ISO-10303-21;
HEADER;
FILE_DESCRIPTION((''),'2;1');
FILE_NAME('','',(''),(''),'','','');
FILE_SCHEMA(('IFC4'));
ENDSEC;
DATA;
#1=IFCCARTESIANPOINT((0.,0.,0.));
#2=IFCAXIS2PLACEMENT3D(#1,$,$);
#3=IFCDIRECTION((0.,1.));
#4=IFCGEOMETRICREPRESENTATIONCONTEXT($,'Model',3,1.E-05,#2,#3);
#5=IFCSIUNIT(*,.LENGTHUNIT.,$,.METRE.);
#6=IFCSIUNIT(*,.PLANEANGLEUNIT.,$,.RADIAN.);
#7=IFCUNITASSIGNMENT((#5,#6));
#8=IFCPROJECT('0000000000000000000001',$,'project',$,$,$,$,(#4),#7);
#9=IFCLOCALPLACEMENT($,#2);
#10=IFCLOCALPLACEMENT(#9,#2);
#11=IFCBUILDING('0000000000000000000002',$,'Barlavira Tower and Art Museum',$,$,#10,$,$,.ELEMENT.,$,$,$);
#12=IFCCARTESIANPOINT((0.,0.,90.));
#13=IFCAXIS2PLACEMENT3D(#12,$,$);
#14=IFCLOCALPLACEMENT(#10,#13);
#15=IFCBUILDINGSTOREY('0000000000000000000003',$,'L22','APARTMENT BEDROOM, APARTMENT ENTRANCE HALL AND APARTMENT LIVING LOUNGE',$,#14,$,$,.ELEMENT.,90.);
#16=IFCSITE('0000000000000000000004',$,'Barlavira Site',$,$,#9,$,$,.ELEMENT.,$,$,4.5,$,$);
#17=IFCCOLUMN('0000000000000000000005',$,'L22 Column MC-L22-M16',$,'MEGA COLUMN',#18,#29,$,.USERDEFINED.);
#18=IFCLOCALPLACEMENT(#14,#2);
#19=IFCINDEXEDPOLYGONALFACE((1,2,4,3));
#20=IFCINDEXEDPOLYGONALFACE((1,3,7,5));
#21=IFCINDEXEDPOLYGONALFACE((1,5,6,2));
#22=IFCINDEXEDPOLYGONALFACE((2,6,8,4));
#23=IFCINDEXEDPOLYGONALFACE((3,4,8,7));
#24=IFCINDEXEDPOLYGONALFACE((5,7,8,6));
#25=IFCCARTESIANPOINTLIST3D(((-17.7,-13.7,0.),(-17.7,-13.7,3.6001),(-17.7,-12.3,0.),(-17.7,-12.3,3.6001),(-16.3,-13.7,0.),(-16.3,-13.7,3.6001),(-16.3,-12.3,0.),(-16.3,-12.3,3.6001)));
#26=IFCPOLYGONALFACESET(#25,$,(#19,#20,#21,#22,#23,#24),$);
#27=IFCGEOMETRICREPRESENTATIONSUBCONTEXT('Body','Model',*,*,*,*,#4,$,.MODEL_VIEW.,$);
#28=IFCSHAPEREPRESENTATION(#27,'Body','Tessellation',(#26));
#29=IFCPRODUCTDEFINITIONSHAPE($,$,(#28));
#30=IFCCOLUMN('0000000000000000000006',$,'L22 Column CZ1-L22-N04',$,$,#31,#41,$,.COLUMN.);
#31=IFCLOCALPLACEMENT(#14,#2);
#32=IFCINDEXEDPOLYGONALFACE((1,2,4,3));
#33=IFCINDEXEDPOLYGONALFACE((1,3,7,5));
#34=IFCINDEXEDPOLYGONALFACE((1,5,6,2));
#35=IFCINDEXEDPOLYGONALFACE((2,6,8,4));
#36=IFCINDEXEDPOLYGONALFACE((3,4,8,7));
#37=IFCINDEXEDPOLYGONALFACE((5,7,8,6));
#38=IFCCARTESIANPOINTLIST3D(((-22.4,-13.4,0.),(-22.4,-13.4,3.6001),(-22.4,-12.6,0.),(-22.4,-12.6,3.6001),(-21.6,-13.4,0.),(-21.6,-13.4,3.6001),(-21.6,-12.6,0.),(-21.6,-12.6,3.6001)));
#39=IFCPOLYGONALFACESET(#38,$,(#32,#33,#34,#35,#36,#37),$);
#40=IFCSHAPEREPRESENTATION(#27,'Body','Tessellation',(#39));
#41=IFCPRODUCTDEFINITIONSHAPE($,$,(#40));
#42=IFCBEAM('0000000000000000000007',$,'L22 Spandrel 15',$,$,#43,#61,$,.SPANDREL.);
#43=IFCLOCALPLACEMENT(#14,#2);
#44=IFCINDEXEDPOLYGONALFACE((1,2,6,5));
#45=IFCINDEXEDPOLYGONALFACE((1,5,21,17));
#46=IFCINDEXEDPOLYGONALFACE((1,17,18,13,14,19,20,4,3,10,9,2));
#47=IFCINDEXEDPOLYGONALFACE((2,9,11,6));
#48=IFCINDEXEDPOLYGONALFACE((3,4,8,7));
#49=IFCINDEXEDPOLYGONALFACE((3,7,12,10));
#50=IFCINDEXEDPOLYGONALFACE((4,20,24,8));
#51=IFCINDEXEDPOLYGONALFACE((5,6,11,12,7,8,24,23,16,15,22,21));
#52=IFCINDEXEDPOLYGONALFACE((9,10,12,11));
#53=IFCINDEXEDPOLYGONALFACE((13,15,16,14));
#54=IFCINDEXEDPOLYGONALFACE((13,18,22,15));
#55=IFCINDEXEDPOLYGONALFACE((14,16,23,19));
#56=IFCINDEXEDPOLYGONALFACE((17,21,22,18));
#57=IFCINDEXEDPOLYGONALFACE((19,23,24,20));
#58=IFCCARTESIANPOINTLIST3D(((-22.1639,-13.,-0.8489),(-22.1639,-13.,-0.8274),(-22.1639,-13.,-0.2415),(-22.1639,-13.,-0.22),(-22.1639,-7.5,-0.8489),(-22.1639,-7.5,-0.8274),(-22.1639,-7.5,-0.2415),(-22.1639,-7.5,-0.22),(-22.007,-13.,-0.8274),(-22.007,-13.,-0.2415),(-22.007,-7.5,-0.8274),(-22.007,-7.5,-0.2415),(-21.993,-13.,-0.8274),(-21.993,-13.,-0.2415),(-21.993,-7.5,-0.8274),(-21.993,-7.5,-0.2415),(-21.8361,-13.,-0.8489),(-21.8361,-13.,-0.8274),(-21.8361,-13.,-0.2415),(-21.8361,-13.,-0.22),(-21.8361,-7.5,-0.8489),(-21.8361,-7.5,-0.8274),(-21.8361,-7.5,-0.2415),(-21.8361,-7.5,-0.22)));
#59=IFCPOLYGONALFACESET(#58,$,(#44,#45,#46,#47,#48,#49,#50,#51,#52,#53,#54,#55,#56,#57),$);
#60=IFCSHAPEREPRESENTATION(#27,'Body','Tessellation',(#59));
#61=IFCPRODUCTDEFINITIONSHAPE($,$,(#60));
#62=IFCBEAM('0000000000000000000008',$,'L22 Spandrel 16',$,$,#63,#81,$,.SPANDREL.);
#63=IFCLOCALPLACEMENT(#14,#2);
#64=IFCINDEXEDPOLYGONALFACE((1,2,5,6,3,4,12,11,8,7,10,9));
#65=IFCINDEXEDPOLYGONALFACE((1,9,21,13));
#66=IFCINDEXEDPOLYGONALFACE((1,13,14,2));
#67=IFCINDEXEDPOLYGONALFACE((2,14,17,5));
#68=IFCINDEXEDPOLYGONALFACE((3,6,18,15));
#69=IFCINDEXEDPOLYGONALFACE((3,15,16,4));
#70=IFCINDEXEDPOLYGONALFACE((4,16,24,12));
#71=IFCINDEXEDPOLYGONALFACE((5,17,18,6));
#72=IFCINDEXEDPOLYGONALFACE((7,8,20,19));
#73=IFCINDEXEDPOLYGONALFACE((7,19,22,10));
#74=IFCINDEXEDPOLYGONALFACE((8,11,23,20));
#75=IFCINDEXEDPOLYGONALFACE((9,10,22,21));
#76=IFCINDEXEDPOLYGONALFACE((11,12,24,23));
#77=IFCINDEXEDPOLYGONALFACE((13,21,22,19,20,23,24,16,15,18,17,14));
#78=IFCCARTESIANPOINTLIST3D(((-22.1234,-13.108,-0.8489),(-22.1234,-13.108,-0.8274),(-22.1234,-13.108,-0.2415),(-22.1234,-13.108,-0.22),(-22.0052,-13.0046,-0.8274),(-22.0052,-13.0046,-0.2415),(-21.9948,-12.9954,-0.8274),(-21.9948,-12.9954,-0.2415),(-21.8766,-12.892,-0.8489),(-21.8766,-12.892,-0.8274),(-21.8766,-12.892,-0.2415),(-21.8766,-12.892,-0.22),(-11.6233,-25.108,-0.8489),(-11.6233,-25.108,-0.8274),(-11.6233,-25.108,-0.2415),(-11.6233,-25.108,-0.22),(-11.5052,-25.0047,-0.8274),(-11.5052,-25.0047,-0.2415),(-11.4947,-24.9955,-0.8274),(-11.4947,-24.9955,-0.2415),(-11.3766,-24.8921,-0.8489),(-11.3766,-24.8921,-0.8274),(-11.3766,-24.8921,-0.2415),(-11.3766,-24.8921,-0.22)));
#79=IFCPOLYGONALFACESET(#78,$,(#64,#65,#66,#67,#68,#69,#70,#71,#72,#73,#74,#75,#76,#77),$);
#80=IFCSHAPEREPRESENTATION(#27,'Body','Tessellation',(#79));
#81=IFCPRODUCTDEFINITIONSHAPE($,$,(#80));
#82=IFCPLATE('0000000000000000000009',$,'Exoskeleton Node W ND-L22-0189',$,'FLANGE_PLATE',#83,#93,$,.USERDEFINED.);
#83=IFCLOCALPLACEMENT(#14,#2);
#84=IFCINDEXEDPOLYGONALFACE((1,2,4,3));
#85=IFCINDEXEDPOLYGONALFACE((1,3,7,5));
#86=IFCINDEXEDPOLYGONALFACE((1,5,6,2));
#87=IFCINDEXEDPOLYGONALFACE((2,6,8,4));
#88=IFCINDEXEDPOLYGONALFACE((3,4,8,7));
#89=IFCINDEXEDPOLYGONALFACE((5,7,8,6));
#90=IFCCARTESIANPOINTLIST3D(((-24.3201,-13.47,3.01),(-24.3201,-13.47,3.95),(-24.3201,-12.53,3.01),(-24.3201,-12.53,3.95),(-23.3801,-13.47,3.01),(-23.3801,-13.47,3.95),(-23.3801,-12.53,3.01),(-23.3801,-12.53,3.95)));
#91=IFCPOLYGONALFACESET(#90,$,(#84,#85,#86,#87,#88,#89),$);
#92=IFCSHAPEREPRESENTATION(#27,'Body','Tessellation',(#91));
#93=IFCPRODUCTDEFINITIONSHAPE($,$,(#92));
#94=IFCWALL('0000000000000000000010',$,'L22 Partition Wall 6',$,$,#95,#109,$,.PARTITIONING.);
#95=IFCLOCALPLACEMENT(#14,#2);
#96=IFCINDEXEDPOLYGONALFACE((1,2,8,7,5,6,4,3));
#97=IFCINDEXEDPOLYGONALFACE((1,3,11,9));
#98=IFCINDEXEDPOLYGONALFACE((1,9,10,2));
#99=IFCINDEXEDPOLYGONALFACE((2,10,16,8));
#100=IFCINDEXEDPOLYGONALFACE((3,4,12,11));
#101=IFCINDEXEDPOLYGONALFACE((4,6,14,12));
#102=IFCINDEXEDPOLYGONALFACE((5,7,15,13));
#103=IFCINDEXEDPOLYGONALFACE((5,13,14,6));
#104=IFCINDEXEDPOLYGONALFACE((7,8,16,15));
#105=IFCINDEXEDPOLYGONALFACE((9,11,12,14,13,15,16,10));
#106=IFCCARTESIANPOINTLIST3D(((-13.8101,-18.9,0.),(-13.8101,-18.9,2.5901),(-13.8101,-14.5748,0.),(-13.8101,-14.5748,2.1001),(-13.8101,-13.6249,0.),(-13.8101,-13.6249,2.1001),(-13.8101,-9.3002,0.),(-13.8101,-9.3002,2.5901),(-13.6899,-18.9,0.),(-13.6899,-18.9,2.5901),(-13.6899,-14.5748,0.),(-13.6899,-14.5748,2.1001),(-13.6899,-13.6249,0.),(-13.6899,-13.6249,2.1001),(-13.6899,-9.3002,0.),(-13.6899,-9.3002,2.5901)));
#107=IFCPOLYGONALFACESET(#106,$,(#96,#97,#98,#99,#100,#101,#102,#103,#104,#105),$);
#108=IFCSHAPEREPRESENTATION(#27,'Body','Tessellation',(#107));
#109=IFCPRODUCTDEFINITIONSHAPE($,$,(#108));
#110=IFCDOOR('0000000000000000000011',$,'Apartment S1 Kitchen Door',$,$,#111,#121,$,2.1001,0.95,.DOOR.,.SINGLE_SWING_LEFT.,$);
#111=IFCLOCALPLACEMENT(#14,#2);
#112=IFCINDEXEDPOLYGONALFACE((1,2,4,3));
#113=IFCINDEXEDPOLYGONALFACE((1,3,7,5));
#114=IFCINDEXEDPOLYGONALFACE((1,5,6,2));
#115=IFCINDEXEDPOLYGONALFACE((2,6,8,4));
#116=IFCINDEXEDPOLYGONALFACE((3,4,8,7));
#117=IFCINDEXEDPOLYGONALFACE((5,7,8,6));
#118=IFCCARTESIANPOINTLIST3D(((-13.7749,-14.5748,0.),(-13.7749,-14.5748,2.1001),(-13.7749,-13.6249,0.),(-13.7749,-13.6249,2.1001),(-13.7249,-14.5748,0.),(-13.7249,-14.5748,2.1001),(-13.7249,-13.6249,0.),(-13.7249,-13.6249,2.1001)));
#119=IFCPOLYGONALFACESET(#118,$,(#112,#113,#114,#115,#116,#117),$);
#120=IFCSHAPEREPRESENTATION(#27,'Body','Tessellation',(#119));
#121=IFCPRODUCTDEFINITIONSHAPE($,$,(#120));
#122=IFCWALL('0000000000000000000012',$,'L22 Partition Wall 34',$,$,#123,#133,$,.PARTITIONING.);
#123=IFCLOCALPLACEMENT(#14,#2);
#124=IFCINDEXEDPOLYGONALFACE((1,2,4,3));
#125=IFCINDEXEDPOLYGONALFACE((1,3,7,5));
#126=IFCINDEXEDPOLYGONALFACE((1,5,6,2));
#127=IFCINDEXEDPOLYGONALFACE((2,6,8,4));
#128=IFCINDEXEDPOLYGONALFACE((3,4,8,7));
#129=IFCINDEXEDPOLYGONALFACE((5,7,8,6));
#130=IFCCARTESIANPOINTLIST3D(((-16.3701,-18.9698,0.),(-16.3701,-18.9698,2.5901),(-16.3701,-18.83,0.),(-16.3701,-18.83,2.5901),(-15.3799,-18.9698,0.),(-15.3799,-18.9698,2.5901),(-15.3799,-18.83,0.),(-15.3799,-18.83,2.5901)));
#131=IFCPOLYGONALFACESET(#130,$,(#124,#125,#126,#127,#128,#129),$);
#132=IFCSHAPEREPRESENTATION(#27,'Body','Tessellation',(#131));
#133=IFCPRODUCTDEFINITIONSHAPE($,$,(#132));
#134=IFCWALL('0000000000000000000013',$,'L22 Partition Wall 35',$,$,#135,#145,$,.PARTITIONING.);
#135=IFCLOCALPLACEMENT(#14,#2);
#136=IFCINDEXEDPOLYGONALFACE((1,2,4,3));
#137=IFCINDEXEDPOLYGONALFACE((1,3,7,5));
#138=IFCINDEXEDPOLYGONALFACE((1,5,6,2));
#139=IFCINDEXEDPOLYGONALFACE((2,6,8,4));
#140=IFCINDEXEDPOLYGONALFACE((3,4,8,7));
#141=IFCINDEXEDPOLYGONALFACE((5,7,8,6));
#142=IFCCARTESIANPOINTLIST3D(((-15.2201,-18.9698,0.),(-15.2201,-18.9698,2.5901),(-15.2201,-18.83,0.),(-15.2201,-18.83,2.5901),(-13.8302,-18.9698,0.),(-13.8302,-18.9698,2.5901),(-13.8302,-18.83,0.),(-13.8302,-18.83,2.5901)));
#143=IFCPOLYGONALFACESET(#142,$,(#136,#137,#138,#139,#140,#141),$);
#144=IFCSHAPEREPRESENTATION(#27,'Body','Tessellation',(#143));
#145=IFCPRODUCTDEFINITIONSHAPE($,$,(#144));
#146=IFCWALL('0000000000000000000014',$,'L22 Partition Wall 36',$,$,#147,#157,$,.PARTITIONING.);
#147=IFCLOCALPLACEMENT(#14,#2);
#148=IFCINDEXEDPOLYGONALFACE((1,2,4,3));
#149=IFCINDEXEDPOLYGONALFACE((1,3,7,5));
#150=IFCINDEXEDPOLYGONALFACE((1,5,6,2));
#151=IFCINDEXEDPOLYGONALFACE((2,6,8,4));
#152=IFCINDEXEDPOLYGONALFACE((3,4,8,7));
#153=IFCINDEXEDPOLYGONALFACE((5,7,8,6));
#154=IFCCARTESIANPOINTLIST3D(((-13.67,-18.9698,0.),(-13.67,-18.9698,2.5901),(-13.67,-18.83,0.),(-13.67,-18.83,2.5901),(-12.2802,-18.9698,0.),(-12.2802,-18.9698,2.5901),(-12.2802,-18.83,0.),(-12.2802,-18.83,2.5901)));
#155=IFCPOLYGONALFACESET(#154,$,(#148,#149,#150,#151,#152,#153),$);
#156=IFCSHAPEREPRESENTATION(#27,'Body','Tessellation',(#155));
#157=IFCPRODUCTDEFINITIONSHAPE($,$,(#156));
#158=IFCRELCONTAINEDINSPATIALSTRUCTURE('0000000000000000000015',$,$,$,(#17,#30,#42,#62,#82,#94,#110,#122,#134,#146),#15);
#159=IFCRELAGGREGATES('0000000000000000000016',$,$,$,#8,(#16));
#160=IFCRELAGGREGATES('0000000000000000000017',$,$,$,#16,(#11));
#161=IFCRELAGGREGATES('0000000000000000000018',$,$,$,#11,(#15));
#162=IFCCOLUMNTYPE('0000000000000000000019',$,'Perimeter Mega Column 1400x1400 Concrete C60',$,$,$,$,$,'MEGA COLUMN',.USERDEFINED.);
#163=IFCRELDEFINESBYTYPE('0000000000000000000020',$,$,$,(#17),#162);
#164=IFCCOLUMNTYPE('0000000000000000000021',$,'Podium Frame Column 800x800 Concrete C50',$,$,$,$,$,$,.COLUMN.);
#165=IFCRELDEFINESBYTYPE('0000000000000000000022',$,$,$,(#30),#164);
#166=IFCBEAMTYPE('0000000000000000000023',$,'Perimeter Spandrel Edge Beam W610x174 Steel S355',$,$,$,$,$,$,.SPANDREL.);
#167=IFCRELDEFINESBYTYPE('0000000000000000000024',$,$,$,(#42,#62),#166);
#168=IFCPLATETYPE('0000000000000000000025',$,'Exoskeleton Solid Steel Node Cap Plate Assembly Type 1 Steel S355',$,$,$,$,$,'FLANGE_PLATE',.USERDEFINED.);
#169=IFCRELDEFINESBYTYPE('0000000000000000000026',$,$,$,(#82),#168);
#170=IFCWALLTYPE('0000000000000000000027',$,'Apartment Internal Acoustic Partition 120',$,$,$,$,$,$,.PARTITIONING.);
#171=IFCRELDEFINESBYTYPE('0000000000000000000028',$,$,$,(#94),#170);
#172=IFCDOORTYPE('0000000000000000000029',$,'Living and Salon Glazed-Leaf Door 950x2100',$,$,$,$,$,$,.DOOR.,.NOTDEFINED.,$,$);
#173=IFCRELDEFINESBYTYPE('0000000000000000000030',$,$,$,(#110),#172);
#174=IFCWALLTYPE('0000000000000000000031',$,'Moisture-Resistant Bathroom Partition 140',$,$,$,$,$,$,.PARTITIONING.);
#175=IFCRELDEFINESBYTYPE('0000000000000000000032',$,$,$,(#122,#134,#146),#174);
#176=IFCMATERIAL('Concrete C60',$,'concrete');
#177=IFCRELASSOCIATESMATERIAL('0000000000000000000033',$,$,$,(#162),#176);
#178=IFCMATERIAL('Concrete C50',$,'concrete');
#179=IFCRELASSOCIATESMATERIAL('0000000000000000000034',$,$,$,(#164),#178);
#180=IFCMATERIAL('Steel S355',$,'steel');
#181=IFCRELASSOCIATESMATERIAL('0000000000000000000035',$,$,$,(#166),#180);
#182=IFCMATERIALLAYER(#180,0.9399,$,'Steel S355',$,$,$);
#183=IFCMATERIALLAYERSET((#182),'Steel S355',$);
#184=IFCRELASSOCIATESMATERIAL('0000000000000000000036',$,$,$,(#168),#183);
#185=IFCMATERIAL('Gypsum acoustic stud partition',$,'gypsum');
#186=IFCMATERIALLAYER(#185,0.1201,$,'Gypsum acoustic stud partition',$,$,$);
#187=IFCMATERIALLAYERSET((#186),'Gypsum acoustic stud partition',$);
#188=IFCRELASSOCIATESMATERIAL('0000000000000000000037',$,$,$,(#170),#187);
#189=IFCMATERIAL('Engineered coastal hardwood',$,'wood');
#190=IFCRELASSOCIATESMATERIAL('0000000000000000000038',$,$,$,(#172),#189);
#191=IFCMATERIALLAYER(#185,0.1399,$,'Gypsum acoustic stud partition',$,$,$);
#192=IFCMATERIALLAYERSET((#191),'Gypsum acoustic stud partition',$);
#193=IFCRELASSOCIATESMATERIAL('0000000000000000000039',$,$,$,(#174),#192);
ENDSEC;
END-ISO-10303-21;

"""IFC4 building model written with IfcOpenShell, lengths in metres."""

from ifc_helpers import new_model, si_unit, direction, frame, frame_2d, origin, origin_2d, place, context, subcontext, project, spatial, rectangle, i_section, extrude, material, layer, layer_set, material_profile, profile_set, type_object, element, fill, save


model = new_model("IFC4")

# Units and contexts
model_context = context("Model", 3, precision=1e-05, world=origin(), true_north=direction((0.0, 1.0)))
body_context = subcontext(model_context, "Body", "Model", "MODEL_VIEW")
ifc_project = project(units=[si_unit("LENGTHUNIT", "METRE"), si_unit("PLANEANGLEUNIT", "RADIAN")], contexts=[model_context])

# Site, building, storey
site_placement = place(None, origin())
site = spatial("IfcSite", under=ifc_project, at=site_placement, Name="Barlavira Site", CompositionType="ELEMENT", RefElevation=4.5)
building_placement = place(site_placement, origin())
building = spatial("IfcBuilding", under=site, at=building_placement, Name="Barlavira Tower and Art Museum", CompositionType="ELEMENT")
storey_placement = place(building_placement, frame((0.0, 0.0, 90.0)))
storey = spatial("IfcBuildingStorey", under=building, at=storey_placement, Name="L22", Description="APARTMENT BEDROOM, APARTMENT ENTRANCE HALL AND APARTMENT LIVING LOUNGE", CompositionType="ELEMENT", Elevation=90.0)

# Columns
ifc_material_1 = material(Name="Concrete C60", Category="concrete")
ifc_material_profile_1 = material_profile(ifc_material_1, rectangle(XDim=1.3999, YDim=1.3999, at=origin_2d()), Name="RC-MCOL 1400x1400")
ifc_profile_set_1 = profile_set([ifc_material_profile_1], Name="Concrete C60")
column_type_1 = type_object("IfcColumnType", Name="Perimeter Mega Column 1400x1400 Concrete C60", ElementType="MEGA COLUMN", PredefinedType="USERDEFINED", material=ifc_profile_set_1)
column_1_placement = place(storey_placement, frame((-17.0, -13.0, 0.0), z_axis=(0.0, 0.0, 1.0), x_axis=(1.0, 0.0, 0.0)))
element("IfcColumn", 1, at=column_1_placement, inside=storey, type_object=column_type_1, Name="L22 Column MC-L22-M16", ObjectType="MEGA COLUMN", PredefinedType="USERDEFINED", context=body_context, shape_type="SweptSolid", body=[
    extrude(rectangle(XDim=1.3999, YDim=1.3999, at=origin_2d()), origin(), (0.0, 0.0, 1.0), 3.6001),
])
ifc_material_2 = material(Name="Concrete C50", Category="concrete")
ifc_material_profile_2 = material_profile(ifc_material_2, rectangle(XDim=0.8, YDim=0.8, at=origin_2d()), Name="RC-COL 800x800")
ifc_profile_set_2 = profile_set([ifc_material_profile_2], Name="Concrete C50")
column_type_2 = type_object("IfcColumnType", Name="Podium Frame Column 800x800 Concrete C50", PredefinedType="COLUMN", material=ifc_profile_set_2)
column_2_placement = place(storey_placement, frame((-22.0, -13.0, 0.0), z_axis=(0.0, 0.0, 1.0), x_axis=(1.0, 0.0, 0.0)))
element("IfcColumn", 2, at=column_2_placement, inside=storey, type_object=column_type_2, Name="L22 Column CZ1-L22-N04", PredefinedType="COLUMN", context=body_context, shape_type="SweptSolid", body=[
    extrude(rectangle(XDim=0.8, YDim=0.8, at=origin_2d()), origin(), (0.0, 0.0, 1.0), 3.6001),
])

# Beams
ifc_material_3 = material(Name="Steel S355", Category="steel")
ifc_material_profile_3 = material_profile(ifc_material_3, i_section(OverallWidth=0.3279, OverallDepth=0.6289, WebThickness=0.0139, FlangeThickness=0.0215, at=origin_2d()), Name="W610x174.0")
ifc_profile_set_3 = profile_set([ifc_material_profile_3], Name="Steel S355")
beam_type = type_object("IfcBeamType", Name="Perimeter Spandrel Edge Beam W610x174 Steel S355", PredefinedType="SPANDREL", material=ifc_profile_set_3)
beam_1_placement = place(storey_placement, frame((-22.0, -13.0, -0.5344), z_axis=(0.0, 1.0, 0.0), x_axis=(-1.0, 0.0, 0.0)))
element("IfcBeam", 3, at=beam_1_placement, inside=storey, type_object=beam_type, Name="L22 Spandrel 15", PredefinedType="SPANDREL", context=body_context, shape_type="SweptSolid", body=[
    extrude(i_section(OverallWidth=0.3279, OverallDepth=0.6289, WebThickness=0.0139, FlangeThickness=0.0215, at=origin_2d()), origin(), (0.0, 0.0, 1.0), 5.5),
])
beam_2_placement = place(storey_placement, frame((-22.0, -13.0, -0.5344), z_axis=(0.658505, -0.752577, 0.0), x_axis=(0.752577, 0.658505, 0.0)))
element("IfcBeam", 4, at=beam_2_placement, inside=storey, type_object=beam_type, Name="L22 Spandrel 16", PredefinedType="SPANDREL", context=body_context, shape_type="SweptSolid", body=[
    extrude(i_section(OverallWidth=0.3279, OverallDepth=0.6289, WebThickness=0.0139, FlangeThickness=0.0215, at=origin_2d()), origin(), (0.0, 0.0, 1.0), 15.9453),
])

# Plate
ifc_layer_1 = layer(ifc_material_3, 0.9399, Name="Steel S355")
ifc_layer_set_1 = layer_set([ifc_layer_1], Name="Steel S355")
plate_type = type_object("IfcPlateType", Name="Exoskeleton Solid Steel Node Cap Plate Assembly Type 1 Steel S355", ElementType="FLANGE_PLATE", PredefinedType="USERDEFINED", material=ifc_layer_set_1)
plate_placement = place(storey_placement, frame((-23.8501, -13.0, 3.01), z_axis=(0.0, 0.0, 1.0), x_axis=(1.0, 0.0, 0.0)))
element("IfcPlate", 5, at=plate_placement, inside=storey, type_object=plate_type, Name="Exoskeleton Node W ND-L22-0189", ObjectType="FLANGE_PLATE", PredefinedType="USERDEFINED", context=body_context, shape_type="SweptSolid", body=[
    extrude(rectangle(XDim=0.9399, YDim=0.9399, at=origin_2d()), origin(), (0.0, 0.0, 1.0), 0.9399),
])

# Wall, opening, door
ifc_material_4 = material(Name="Gypsum acoustic stud partition", Category="gypsum")
ifc_layer_2 = layer(ifc_material_4, 0.1201, Name="Gypsum acoustic stud partition")
ifc_layer_set_2 = layer_set([ifc_layer_2], Name="Gypsum acoustic stud partition")
wall_type_1 = type_object("IfcWallType", Name="Apartment Internal Acoustic Partition 120", PredefinedType="PARTITIONING", material=ifc_layer_set_2)
wall_1_placement = place(storey_placement, frame((-13.75, -18.8999, 0.0), z_axis=(0.0, 0.0, 1.0), x_axis=(0.0, 1.0, 0.0)))
wall_1 = element("IfcWall", 6, at=wall_1_placement, inside=storey, type_object=wall_type_1, Name="L22 Partition Wall 6", PredefinedType="PARTITIONING", context=body_context, shape_type="SweptSolid", body=[
    extrude(rectangle(XDim=9.5999, YDim=0.1201, at=frame_2d((4.7998, 0.0))), origin(), (0.0, 0.0, 1.0), 2.5901),
])
opening_1_placement = place(wall_1_placement, frame((4.325, 0.0, 0.0)))
opening_1 = element("IfcOpeningElement", 7, at=opening_1_placement, cuts=wall_1, PredefinedType="OPENING", context=body_context, shape_type="SweptSolid", body=[
    extrude(rectangle(XDim=0.95, YDim=2.1001, at=frame_2d((0.4751, 1.05))), frame((0.0, 0.0701, 0.0), z_axis=(0.0, -1.0, 0.0), x_axis=(1.0, 0.0, 0.0)), (0.0, 0.0, 1.0), 0.1401),
])
ifc_material_5 = material(Name="Engineered coastal hardwood", Category="wood")
door_type = type_object("IfcDoorType", Name="Living and Salon Glazed-Leaf Door 950x2100", OperationType="NOTDEFINED", PredefinedType="DOOR", material=ifc_material_5)
door_1_placement = place(opening_1_placement, origin())
door_1 = element("IfcDoor", 8, at=door_1_placement, inside=storey, type_object=door_type, Name="Apartment S1 Kitchen Door", OperationType="SINGLE_SWING_LEFT", OverallHeight=2.1001, OverallWidth=0.95, PredefinedType="DOOR", context=body_context, shape_type="SweptSolid", body=[
    extrude(rectangle(XDim=0.95, YDim=2.1001, at=frame_2d((0.4751, 1.05))), frame((0.0, 0.0249, 0.0), z_axis=(0.0, -1.0, 0.0), x_axis=(1.0, 0.0, 0.0)), (0.0, 0.0, 1.0), 0.05),
])
fill(opening_1, door_1)

# Walls
ifc_layer_3 = layer(ifc_material_4, 0.1399, Name="Gypsum acoustic stud partition")
ifc_layer_set_3 = layer_set([ifc_layer_3], Name="Gypsum acoustic stud partition")
wall_type_2 = type_object("IfcWallType", Name="Moisture-Resistant Bathroom Partition 140", PredefinedType="PARTITIONING", material=ifc_layer_set_3)
wall_2_placement = place(storey_placement, frame((-16.3701, -18.8999, 0.0), z_axis=(0.0, 0.0, 1.0), x_axis=(1.0, 0.0, 0.0)))
element("IfcWall", 9, at=wall_2_placement, inside=storey, type_object=wall_type_2, Name="L22 Partition Wall 34", PredefinedType="PARTITIONING", context=body_context, shape_type="SweptSolid", body=[
    extrude(rectangle(XDim=0.9902, YDim=0.1399, at=frame_2d((0.4951, 0.0))), origin(), (0.0, 0.0, 1.0), 2.5901),
])
for number, where, z_axis, x_axis, name in (
    (10, (-15.22, -18.8999, 0.0), (0.0, 0.0, 1.0), (1.0, 0.0, 0.0), "L22 Partition Wall 35"),
    (11, (-13.6699, -18.8999, 0.0), (0.0, 0.0, 1.0), (1.0, 0.0, 0.0), "L22 Partition Wall 36"),
):
    element("IfcWall", number, at=place(storey_placement, frame(where, z_axis=z_axis, x_axis=x_axis)), inside=storey, type_object=wall_type_2, Name=name, PredefinedType="PARTITIONING", context=body_context, shape_type="SweptSolid", body=[
        extrude(rectangle(XDim=1.3899, YDim=0.1399, at=frame_2d((0.6948, 0.0))), origin(), (0.0, 0.0, 1.0), 2.5901),
    ])

save(model, "model.ifc")
